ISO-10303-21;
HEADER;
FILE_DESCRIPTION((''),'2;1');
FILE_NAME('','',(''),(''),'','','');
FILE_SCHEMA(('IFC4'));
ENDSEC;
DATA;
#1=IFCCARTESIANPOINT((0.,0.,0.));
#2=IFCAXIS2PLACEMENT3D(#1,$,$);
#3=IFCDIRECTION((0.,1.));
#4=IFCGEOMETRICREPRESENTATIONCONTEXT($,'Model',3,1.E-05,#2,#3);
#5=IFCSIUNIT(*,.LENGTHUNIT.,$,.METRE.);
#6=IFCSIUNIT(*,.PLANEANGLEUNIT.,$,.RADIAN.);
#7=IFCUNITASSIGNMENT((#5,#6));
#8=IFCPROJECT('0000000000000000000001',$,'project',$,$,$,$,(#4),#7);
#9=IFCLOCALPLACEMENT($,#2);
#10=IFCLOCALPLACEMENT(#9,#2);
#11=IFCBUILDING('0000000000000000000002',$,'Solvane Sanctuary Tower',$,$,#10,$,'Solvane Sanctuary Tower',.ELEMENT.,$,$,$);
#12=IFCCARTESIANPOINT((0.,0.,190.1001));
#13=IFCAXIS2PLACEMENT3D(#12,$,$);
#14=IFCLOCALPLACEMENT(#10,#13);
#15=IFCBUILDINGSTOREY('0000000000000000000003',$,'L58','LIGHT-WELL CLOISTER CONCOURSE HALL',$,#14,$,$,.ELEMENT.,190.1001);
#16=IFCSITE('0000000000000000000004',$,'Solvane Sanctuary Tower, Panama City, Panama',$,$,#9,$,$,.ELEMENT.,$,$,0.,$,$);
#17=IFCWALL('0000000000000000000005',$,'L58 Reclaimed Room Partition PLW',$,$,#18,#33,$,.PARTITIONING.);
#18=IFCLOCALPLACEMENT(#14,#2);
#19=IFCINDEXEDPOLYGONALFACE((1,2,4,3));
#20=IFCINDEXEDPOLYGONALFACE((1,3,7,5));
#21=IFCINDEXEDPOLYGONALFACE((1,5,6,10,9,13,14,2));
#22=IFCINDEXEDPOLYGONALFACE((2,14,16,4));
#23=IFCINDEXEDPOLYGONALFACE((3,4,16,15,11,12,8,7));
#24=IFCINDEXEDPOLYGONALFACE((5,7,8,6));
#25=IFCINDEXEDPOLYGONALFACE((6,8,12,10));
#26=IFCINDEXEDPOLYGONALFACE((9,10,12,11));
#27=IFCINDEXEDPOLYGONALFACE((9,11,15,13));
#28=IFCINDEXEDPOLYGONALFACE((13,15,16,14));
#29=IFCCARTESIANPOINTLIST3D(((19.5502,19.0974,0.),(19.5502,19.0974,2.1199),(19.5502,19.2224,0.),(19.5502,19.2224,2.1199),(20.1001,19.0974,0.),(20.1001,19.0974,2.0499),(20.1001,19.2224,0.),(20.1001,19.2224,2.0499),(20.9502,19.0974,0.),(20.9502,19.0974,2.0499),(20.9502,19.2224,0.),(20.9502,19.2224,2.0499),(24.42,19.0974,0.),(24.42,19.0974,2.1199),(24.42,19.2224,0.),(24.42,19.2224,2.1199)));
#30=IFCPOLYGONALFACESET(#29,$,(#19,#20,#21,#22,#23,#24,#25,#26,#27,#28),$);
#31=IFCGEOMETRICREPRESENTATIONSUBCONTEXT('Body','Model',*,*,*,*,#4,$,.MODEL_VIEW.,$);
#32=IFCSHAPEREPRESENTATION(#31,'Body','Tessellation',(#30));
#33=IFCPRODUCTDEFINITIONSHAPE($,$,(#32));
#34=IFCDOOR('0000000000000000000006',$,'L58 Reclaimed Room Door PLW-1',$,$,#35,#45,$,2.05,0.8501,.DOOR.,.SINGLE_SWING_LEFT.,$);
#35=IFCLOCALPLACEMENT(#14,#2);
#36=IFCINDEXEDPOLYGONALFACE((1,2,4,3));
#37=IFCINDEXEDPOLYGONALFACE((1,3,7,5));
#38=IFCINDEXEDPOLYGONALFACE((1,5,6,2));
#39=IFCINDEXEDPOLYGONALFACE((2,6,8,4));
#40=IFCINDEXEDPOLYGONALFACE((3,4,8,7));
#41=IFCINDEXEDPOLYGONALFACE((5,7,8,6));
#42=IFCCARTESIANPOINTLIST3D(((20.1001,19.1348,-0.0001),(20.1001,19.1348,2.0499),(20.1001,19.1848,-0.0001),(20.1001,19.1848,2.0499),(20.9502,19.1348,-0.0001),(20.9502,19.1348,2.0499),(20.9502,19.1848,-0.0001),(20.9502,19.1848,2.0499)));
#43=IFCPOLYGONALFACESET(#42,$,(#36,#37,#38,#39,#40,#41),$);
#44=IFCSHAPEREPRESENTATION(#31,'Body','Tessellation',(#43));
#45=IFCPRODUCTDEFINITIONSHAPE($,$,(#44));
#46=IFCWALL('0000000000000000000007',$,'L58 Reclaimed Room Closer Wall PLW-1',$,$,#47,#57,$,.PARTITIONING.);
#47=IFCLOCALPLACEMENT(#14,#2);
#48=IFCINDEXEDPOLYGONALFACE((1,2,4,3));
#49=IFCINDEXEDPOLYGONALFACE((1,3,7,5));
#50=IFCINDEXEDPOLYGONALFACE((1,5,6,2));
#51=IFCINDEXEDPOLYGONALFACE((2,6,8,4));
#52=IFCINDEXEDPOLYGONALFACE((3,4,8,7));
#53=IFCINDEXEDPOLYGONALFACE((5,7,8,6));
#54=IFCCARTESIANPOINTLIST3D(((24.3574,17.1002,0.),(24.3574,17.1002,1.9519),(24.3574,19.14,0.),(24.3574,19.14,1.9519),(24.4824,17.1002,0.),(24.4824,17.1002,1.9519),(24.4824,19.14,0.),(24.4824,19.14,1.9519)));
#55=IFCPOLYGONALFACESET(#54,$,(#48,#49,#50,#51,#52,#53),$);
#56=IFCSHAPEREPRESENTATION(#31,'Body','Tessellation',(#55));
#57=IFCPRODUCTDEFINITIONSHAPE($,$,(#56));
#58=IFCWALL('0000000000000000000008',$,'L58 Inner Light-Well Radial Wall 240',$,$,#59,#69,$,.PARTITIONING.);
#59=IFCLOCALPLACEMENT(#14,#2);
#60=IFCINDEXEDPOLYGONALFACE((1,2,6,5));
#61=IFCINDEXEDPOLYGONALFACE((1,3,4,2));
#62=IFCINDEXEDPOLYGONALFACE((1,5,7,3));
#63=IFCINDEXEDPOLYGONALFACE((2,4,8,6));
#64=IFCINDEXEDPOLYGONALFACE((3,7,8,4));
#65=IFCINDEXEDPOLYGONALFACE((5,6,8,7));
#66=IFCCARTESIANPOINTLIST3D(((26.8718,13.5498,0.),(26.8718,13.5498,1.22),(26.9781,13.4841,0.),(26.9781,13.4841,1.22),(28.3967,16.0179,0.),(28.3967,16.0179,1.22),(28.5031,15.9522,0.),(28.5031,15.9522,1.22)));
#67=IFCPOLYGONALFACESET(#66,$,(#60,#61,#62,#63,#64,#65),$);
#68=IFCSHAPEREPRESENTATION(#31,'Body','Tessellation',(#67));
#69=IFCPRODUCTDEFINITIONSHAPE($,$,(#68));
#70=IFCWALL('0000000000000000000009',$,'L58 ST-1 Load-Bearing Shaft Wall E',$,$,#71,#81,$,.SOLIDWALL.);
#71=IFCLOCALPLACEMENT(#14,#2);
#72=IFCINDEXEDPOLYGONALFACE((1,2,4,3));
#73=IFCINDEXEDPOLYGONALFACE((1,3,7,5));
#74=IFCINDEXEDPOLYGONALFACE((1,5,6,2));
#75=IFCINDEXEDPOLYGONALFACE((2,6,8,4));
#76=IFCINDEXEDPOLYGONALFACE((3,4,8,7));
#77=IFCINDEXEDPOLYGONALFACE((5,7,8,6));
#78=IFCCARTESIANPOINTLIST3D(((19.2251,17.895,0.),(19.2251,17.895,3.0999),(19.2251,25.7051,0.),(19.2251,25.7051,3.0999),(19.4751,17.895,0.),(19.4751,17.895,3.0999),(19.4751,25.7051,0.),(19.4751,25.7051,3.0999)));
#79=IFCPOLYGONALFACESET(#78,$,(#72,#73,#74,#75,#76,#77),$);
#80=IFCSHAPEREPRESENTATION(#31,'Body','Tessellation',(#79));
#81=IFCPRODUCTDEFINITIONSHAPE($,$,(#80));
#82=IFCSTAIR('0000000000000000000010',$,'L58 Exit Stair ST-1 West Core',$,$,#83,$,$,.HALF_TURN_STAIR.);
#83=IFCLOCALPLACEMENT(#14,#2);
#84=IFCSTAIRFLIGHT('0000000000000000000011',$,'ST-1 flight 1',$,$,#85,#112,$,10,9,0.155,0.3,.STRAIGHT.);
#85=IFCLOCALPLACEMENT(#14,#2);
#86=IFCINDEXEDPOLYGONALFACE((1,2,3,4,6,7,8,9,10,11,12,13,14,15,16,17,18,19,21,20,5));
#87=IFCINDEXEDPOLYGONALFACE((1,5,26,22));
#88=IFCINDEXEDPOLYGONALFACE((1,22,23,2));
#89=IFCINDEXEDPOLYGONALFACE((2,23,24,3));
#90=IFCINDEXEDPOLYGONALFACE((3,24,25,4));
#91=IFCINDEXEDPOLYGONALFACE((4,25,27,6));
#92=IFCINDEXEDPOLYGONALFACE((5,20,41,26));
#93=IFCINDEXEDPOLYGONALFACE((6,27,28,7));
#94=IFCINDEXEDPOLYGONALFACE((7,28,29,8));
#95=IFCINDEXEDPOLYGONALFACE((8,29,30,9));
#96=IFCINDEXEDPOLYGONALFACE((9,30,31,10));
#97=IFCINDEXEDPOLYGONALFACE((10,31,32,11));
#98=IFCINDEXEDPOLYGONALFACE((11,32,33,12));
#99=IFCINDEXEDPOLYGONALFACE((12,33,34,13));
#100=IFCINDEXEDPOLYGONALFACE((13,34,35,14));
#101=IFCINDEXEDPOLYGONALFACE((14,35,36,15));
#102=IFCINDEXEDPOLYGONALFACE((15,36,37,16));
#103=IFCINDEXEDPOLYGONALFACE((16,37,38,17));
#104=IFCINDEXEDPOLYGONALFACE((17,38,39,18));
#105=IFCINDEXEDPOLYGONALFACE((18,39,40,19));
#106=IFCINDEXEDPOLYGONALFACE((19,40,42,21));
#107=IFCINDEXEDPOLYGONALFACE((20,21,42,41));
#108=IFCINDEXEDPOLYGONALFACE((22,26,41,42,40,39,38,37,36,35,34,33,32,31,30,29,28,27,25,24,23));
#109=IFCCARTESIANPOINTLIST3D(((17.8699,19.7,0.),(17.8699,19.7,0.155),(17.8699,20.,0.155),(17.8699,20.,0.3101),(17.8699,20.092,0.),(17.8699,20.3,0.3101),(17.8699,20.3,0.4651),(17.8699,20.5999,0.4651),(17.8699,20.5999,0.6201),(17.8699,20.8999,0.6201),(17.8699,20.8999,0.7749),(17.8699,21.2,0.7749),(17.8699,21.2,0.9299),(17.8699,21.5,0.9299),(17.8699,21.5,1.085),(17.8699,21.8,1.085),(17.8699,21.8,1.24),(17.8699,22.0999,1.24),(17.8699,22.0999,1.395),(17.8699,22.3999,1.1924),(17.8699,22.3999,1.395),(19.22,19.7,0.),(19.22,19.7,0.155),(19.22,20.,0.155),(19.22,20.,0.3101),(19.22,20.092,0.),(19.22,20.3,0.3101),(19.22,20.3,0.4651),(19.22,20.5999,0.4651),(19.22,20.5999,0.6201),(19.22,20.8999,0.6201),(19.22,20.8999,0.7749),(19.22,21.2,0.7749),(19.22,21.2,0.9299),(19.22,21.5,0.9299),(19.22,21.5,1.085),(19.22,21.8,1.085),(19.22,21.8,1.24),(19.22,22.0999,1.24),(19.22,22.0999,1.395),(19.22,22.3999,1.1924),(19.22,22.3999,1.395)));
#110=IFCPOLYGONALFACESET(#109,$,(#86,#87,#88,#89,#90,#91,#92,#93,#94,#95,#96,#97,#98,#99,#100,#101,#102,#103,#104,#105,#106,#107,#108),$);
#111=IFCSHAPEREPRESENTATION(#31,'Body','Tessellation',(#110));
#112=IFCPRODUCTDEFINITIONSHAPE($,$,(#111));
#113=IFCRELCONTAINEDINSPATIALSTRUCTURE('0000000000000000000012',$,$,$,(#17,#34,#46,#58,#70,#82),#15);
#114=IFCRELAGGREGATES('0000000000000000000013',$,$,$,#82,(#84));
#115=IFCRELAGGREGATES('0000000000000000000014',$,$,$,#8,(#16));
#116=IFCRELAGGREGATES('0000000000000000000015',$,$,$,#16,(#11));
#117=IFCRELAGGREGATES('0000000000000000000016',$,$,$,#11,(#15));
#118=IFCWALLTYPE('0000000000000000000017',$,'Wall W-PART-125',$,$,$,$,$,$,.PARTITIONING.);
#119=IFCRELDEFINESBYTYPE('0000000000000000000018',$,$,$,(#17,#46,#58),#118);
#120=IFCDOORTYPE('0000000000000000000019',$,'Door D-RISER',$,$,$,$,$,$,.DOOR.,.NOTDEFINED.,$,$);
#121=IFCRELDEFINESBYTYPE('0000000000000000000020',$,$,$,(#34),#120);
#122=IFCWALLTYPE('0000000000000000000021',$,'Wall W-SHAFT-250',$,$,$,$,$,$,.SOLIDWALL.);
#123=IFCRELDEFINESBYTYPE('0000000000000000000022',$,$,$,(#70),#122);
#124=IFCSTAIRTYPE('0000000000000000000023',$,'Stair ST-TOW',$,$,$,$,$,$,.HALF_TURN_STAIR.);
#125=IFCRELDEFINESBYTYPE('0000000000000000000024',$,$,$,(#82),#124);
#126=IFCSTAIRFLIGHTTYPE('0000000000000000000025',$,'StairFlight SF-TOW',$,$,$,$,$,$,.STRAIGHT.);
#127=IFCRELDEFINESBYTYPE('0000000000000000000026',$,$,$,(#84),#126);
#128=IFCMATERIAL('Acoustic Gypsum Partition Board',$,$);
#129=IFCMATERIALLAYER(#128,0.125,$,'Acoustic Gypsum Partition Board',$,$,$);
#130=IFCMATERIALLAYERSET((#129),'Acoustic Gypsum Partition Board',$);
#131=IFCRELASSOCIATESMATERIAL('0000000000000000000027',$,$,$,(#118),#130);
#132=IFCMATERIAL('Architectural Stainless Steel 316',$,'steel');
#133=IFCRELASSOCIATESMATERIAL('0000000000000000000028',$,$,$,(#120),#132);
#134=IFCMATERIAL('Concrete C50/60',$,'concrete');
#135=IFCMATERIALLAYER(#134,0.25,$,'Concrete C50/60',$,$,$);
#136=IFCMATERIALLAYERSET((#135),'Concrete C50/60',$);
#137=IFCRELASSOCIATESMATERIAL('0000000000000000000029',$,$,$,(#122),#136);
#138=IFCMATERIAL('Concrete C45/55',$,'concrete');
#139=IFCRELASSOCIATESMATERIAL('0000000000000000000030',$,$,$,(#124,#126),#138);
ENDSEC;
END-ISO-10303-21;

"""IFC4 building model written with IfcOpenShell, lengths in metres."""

from ifc_helpers import new_model, si_unit, direction, frame, frame_2d, origin, place, context, subcontext, project, spatial, polyline, rectangle, outline, extrude, material, layer, layer_set, type_object, element, fill, aggregate, save


model = new_model("IFC4")

# Units and contexts
model_context = context("Model", 3, precision=1e-05, world=origin(), true_north=direction((0.0, 1.0)))
body_context = subcontext(model_context, "Body", "Model", "MODEL_VIEW")
ifc_project = project(units=[si_unit("LENGTHUNIT", "METRE"), si_unit("PLANEANGLEUNIT", "RADIAN")], contexts=[model_context])

# Site, building, storey
site_placement = place(None, origin())
site = spatial("IfcSite", under=ifc_project, at=site_placement, Name="Solvane Sanctuary Tower, Panama City, Panama", CompositionType="ELEMENT", RefElevation=0.0)
building_placement = place(site_placement, origin())
building = spatial("IfcBuilding", under=site, at=building_placement, Name="Solvane Sanctuary Tower", LongName="Solvane Sanctuary Tower", CompositionType="ELEMENT")
storey_placement = place(building_placement, frame((0.0, 0.0, 190.1001)))
storey = spatial("IfcBuildingStorey", under=building, at=storey_placement, Name="L58", Description="LIGHT-WELL CLOISTER CONCOURSE HALL", CompositionType="ELEMENT", Elevation=190.1001)

# Shared definitions
ifc_material_1 = material(Name="Concrete C50/60", Category="concrete")

# Wall, opening, door
ifc_material_2 = material(Name="Acoustic Gypsum Partition Board")
ifc_layer_1 = layer(ifc_material_2, 0.125, Name="Acoustic Gypsum Partition Board")
ifc_layer_set_1 = layer_set([ifc_layer_1], Name="Acoustic Gypsum Partition Board")
wall_type_1 = type_object("IfcWallType", Name="Wall W-PART-125", PredefinedType="PARTITIONING", material=ifc_layer_set_1)
wall_1_placement = place(storey_placement, frame((19.55, 19.1599, 0.0), z_axis=(0.0, 0.0, 1.0), x_axis=(1.0, 0.0, 0.0)))
wall_1 = element("IfcWall", 1, at=wall_1_placement, inside=storey, type_object=wall_type_1, Name="L58 Reclaimed Room Partition PLW", PredefinedType="PARTITIONING", context=body_context, shape_type="SweptSolid", body=[
    extrude(rectangle(XDim=4.8699, YDim=0.125, at=frame_2d((2.4351, 0.0))), origin(), (0.0, 0.0, 1.0), 2.1199),
])
opening_placement = place(wall_1_placement, frame((0.55, 0.0, 0.0)))
opening = element("IfcOpeningElement", 2, at=opening_placement, cuts=wall_1, PredefinedType="OPENING", context=body_context, shape_type="SweptSolid", body=[
    extrude(rectangle(XDim=0.8501, YDim=2.05, at=frame_2d((0.425, 1.0249))), frame((0.0, 0.0725, 0.0), z_axis=(0.0, -1.0, 0.0), x_axis=(1.0, 0.0, 0.0)), (0.0, 0.0, 1.0), 0.145),
])
ifc_material_3 = material(Name="Architectural Stainless Steel 316", Category="steel")
door_type = type_object("IfcDoorType", Name="Door D-RISER", OperationType="NOTDEFINED", PredefinedType="DOOR", material=ifc_material_3)
door_placement = place(opening_placement, origin())
door = element("IfcDoor", 3, at=door_placement, inside=storey, type_object=door_type, Name="L58 Reclaimed Room Door PLW-1", OperationType="SINGLE_SWING_LEFT", OverallHeight=2.05, OverallWidth=0.8501, PredefinedType="DOOR", context=body_context, shape_type="SweptSolid", body=[
    extrude(rectangle(XDim=0.8501, YDim=2.05, at=frame_2d((0.425, 1.0249))), frame((0.0, 0.0249, 0.0), z_axis=(0.0, -1.0, 0.0), x_axis=(1.0, 0.0, 0.0)), (0.0, 0.0, 1.0), 0.05),
])
fill(opening, door)

# Walls
wall_2_placement = place(storey_placement, frame((24.4199, 17.1001, 0.0), z_axis=(0.0, 0.0, 1.0), x_axis=(0.0, 1.0, 0.0)))
element("IfcWall", 4, at=wall_2_placement, inside=storey, type_object=wall_type_1, Name="L58 Reclaimed Room Closer Wall PLW-1", PredefinedType="PARTITIONING", context=body_context, shape_type="SweptSolid", body=[
    extrude(rectangle(XDim=2.0398, YDim=0.125, at=frame_2d((1.02, 0.0))), origin(), (0.0, 0.0, 1.0), 1.9519),
])
wall_3_placement = place(storey_placement, frame((28.45, 15.9851, 0.0), z_axis=(0.0, 0.0, 1.0), x_axis=(-0.525627, -0.850715, 0.0)))
element("IfcWall", 5, at=wall_3_placement, inside=storey, type_object=wall_type_1, Name="L58 Inner Light-Well Radial Wall 240", PredefinedType="PARTITIONING", context=body_context, shape_type="SweptSolid", body=[
    extrude(rectangle(XDim=2.9011, YDim=0.125, at=frame_2d((1.4507, 0.0))), origin(), (0.0, 0.0, 1.0), 1.22),
])
ifc_layer_2 = layer(ifc_material_1, 0.25, Name="Concrete C50/60")
ifc_layer_set_2 = layer_set([ifc_layer_2], Name="Concrete C50/60")
wall_type_2 = type_object("IfcWallType", Name="Wall W-SHAFT-250", PredefinedType="SOLIDWALL", material=ifc_layer_set_2)
wall_4_placement = place(storey_placement, frame((19.3501, 17.895, 0.0), z_axis=(0.0, 0.0, 1.0), x_axis=(0.0, 1.0, 0.0)))
element("IfcWall", 6, at=wall_4_placement, inside=storey, type_object=wall_type_2, Name="L58 ST-1 Load-Bearing Shaft Wall E", PredefinedType="SOLIDWALL", context=body_context, shape_type="SweptSolid", body=[
    extrude(rectangle(XDim=7.8101, YDim=0.25, at=frame_2d((3.905, 0.0))), origin(), (0.0, 0.0, 1.0), 3.0999),
])

# Stair, stair flight
ifc_material_4 = material(Name="Concrete C45/55", Category="concrete")
stair_type = type_object("IfcStairType", Name="Stair ST-TOW", PredefinedType="HALF_TURN_STAIR", material=ifc_material_4)
stair_placement = place(storey_placement, origin())
stair = element("IfcStair", 7, at=stair_placement, inside=storey, type_object=stair_type, Name="L58 Exit Stair ST-1 West Core", PredefinedType="HALF_TURN_STAIR")
stair_flight_type = type_object("IfcStairFlightType", Name="StairFlight SF-TOW", PredefinedType="STRAIGHT", material=ifc_material_4)
stair_flight_placement = place(storey_placement, frame((18.5449, 19.7, 0.0), z_axis=(0.0, 0.0, 1.0), x_axis=(0.0, 1.0, 0.0)))
stair_flight = element("IfcStairFlight", 8, at=stair_flight_placement, type_object=stair_flight_type, Name="ST-1 flight 1", NumberOfRisers=10, NumberOfTreads=9, PredefinedType="STRAIGHT", RiserHeight=0.155, TreadLength=0.3, context=body_context, shape_type="SweptSolid", body=[
    extrude(outline(polyline([(0.0, 0.0), (0.0, 0.155), (0.3, 0.155), (0.3, 0.3101), (0.6001, 0.3101), (0.6001, 0.4651), (0.8999, 0.4651), (0.8999, 0.6201), (1.2, 0.6201), (1.2, 0.7749), (1.5, 0.7749), (1.5, 0.9299), (1.8, 0.9299), (1.8, 1.085), (2.1001, 1.085), (2.1001, 1.24), (2.3999, 1.24), (2.3999, 1.395), (2.7, 1.395), (2.7, 1.55), (2.7, 1.1924), (0.3921, 0.0), (0.0, 0.0)])), frame((0.0, 0.675, 0.0), z_axis=(0.0, -1.0, 0.0), x_axis=(1.0, 0.0, 0.0)), (0.0, 0.0, 1.0), 1.3501),
])
aggregate(stair, [stair_flight])

save(model, "model.ifc")
